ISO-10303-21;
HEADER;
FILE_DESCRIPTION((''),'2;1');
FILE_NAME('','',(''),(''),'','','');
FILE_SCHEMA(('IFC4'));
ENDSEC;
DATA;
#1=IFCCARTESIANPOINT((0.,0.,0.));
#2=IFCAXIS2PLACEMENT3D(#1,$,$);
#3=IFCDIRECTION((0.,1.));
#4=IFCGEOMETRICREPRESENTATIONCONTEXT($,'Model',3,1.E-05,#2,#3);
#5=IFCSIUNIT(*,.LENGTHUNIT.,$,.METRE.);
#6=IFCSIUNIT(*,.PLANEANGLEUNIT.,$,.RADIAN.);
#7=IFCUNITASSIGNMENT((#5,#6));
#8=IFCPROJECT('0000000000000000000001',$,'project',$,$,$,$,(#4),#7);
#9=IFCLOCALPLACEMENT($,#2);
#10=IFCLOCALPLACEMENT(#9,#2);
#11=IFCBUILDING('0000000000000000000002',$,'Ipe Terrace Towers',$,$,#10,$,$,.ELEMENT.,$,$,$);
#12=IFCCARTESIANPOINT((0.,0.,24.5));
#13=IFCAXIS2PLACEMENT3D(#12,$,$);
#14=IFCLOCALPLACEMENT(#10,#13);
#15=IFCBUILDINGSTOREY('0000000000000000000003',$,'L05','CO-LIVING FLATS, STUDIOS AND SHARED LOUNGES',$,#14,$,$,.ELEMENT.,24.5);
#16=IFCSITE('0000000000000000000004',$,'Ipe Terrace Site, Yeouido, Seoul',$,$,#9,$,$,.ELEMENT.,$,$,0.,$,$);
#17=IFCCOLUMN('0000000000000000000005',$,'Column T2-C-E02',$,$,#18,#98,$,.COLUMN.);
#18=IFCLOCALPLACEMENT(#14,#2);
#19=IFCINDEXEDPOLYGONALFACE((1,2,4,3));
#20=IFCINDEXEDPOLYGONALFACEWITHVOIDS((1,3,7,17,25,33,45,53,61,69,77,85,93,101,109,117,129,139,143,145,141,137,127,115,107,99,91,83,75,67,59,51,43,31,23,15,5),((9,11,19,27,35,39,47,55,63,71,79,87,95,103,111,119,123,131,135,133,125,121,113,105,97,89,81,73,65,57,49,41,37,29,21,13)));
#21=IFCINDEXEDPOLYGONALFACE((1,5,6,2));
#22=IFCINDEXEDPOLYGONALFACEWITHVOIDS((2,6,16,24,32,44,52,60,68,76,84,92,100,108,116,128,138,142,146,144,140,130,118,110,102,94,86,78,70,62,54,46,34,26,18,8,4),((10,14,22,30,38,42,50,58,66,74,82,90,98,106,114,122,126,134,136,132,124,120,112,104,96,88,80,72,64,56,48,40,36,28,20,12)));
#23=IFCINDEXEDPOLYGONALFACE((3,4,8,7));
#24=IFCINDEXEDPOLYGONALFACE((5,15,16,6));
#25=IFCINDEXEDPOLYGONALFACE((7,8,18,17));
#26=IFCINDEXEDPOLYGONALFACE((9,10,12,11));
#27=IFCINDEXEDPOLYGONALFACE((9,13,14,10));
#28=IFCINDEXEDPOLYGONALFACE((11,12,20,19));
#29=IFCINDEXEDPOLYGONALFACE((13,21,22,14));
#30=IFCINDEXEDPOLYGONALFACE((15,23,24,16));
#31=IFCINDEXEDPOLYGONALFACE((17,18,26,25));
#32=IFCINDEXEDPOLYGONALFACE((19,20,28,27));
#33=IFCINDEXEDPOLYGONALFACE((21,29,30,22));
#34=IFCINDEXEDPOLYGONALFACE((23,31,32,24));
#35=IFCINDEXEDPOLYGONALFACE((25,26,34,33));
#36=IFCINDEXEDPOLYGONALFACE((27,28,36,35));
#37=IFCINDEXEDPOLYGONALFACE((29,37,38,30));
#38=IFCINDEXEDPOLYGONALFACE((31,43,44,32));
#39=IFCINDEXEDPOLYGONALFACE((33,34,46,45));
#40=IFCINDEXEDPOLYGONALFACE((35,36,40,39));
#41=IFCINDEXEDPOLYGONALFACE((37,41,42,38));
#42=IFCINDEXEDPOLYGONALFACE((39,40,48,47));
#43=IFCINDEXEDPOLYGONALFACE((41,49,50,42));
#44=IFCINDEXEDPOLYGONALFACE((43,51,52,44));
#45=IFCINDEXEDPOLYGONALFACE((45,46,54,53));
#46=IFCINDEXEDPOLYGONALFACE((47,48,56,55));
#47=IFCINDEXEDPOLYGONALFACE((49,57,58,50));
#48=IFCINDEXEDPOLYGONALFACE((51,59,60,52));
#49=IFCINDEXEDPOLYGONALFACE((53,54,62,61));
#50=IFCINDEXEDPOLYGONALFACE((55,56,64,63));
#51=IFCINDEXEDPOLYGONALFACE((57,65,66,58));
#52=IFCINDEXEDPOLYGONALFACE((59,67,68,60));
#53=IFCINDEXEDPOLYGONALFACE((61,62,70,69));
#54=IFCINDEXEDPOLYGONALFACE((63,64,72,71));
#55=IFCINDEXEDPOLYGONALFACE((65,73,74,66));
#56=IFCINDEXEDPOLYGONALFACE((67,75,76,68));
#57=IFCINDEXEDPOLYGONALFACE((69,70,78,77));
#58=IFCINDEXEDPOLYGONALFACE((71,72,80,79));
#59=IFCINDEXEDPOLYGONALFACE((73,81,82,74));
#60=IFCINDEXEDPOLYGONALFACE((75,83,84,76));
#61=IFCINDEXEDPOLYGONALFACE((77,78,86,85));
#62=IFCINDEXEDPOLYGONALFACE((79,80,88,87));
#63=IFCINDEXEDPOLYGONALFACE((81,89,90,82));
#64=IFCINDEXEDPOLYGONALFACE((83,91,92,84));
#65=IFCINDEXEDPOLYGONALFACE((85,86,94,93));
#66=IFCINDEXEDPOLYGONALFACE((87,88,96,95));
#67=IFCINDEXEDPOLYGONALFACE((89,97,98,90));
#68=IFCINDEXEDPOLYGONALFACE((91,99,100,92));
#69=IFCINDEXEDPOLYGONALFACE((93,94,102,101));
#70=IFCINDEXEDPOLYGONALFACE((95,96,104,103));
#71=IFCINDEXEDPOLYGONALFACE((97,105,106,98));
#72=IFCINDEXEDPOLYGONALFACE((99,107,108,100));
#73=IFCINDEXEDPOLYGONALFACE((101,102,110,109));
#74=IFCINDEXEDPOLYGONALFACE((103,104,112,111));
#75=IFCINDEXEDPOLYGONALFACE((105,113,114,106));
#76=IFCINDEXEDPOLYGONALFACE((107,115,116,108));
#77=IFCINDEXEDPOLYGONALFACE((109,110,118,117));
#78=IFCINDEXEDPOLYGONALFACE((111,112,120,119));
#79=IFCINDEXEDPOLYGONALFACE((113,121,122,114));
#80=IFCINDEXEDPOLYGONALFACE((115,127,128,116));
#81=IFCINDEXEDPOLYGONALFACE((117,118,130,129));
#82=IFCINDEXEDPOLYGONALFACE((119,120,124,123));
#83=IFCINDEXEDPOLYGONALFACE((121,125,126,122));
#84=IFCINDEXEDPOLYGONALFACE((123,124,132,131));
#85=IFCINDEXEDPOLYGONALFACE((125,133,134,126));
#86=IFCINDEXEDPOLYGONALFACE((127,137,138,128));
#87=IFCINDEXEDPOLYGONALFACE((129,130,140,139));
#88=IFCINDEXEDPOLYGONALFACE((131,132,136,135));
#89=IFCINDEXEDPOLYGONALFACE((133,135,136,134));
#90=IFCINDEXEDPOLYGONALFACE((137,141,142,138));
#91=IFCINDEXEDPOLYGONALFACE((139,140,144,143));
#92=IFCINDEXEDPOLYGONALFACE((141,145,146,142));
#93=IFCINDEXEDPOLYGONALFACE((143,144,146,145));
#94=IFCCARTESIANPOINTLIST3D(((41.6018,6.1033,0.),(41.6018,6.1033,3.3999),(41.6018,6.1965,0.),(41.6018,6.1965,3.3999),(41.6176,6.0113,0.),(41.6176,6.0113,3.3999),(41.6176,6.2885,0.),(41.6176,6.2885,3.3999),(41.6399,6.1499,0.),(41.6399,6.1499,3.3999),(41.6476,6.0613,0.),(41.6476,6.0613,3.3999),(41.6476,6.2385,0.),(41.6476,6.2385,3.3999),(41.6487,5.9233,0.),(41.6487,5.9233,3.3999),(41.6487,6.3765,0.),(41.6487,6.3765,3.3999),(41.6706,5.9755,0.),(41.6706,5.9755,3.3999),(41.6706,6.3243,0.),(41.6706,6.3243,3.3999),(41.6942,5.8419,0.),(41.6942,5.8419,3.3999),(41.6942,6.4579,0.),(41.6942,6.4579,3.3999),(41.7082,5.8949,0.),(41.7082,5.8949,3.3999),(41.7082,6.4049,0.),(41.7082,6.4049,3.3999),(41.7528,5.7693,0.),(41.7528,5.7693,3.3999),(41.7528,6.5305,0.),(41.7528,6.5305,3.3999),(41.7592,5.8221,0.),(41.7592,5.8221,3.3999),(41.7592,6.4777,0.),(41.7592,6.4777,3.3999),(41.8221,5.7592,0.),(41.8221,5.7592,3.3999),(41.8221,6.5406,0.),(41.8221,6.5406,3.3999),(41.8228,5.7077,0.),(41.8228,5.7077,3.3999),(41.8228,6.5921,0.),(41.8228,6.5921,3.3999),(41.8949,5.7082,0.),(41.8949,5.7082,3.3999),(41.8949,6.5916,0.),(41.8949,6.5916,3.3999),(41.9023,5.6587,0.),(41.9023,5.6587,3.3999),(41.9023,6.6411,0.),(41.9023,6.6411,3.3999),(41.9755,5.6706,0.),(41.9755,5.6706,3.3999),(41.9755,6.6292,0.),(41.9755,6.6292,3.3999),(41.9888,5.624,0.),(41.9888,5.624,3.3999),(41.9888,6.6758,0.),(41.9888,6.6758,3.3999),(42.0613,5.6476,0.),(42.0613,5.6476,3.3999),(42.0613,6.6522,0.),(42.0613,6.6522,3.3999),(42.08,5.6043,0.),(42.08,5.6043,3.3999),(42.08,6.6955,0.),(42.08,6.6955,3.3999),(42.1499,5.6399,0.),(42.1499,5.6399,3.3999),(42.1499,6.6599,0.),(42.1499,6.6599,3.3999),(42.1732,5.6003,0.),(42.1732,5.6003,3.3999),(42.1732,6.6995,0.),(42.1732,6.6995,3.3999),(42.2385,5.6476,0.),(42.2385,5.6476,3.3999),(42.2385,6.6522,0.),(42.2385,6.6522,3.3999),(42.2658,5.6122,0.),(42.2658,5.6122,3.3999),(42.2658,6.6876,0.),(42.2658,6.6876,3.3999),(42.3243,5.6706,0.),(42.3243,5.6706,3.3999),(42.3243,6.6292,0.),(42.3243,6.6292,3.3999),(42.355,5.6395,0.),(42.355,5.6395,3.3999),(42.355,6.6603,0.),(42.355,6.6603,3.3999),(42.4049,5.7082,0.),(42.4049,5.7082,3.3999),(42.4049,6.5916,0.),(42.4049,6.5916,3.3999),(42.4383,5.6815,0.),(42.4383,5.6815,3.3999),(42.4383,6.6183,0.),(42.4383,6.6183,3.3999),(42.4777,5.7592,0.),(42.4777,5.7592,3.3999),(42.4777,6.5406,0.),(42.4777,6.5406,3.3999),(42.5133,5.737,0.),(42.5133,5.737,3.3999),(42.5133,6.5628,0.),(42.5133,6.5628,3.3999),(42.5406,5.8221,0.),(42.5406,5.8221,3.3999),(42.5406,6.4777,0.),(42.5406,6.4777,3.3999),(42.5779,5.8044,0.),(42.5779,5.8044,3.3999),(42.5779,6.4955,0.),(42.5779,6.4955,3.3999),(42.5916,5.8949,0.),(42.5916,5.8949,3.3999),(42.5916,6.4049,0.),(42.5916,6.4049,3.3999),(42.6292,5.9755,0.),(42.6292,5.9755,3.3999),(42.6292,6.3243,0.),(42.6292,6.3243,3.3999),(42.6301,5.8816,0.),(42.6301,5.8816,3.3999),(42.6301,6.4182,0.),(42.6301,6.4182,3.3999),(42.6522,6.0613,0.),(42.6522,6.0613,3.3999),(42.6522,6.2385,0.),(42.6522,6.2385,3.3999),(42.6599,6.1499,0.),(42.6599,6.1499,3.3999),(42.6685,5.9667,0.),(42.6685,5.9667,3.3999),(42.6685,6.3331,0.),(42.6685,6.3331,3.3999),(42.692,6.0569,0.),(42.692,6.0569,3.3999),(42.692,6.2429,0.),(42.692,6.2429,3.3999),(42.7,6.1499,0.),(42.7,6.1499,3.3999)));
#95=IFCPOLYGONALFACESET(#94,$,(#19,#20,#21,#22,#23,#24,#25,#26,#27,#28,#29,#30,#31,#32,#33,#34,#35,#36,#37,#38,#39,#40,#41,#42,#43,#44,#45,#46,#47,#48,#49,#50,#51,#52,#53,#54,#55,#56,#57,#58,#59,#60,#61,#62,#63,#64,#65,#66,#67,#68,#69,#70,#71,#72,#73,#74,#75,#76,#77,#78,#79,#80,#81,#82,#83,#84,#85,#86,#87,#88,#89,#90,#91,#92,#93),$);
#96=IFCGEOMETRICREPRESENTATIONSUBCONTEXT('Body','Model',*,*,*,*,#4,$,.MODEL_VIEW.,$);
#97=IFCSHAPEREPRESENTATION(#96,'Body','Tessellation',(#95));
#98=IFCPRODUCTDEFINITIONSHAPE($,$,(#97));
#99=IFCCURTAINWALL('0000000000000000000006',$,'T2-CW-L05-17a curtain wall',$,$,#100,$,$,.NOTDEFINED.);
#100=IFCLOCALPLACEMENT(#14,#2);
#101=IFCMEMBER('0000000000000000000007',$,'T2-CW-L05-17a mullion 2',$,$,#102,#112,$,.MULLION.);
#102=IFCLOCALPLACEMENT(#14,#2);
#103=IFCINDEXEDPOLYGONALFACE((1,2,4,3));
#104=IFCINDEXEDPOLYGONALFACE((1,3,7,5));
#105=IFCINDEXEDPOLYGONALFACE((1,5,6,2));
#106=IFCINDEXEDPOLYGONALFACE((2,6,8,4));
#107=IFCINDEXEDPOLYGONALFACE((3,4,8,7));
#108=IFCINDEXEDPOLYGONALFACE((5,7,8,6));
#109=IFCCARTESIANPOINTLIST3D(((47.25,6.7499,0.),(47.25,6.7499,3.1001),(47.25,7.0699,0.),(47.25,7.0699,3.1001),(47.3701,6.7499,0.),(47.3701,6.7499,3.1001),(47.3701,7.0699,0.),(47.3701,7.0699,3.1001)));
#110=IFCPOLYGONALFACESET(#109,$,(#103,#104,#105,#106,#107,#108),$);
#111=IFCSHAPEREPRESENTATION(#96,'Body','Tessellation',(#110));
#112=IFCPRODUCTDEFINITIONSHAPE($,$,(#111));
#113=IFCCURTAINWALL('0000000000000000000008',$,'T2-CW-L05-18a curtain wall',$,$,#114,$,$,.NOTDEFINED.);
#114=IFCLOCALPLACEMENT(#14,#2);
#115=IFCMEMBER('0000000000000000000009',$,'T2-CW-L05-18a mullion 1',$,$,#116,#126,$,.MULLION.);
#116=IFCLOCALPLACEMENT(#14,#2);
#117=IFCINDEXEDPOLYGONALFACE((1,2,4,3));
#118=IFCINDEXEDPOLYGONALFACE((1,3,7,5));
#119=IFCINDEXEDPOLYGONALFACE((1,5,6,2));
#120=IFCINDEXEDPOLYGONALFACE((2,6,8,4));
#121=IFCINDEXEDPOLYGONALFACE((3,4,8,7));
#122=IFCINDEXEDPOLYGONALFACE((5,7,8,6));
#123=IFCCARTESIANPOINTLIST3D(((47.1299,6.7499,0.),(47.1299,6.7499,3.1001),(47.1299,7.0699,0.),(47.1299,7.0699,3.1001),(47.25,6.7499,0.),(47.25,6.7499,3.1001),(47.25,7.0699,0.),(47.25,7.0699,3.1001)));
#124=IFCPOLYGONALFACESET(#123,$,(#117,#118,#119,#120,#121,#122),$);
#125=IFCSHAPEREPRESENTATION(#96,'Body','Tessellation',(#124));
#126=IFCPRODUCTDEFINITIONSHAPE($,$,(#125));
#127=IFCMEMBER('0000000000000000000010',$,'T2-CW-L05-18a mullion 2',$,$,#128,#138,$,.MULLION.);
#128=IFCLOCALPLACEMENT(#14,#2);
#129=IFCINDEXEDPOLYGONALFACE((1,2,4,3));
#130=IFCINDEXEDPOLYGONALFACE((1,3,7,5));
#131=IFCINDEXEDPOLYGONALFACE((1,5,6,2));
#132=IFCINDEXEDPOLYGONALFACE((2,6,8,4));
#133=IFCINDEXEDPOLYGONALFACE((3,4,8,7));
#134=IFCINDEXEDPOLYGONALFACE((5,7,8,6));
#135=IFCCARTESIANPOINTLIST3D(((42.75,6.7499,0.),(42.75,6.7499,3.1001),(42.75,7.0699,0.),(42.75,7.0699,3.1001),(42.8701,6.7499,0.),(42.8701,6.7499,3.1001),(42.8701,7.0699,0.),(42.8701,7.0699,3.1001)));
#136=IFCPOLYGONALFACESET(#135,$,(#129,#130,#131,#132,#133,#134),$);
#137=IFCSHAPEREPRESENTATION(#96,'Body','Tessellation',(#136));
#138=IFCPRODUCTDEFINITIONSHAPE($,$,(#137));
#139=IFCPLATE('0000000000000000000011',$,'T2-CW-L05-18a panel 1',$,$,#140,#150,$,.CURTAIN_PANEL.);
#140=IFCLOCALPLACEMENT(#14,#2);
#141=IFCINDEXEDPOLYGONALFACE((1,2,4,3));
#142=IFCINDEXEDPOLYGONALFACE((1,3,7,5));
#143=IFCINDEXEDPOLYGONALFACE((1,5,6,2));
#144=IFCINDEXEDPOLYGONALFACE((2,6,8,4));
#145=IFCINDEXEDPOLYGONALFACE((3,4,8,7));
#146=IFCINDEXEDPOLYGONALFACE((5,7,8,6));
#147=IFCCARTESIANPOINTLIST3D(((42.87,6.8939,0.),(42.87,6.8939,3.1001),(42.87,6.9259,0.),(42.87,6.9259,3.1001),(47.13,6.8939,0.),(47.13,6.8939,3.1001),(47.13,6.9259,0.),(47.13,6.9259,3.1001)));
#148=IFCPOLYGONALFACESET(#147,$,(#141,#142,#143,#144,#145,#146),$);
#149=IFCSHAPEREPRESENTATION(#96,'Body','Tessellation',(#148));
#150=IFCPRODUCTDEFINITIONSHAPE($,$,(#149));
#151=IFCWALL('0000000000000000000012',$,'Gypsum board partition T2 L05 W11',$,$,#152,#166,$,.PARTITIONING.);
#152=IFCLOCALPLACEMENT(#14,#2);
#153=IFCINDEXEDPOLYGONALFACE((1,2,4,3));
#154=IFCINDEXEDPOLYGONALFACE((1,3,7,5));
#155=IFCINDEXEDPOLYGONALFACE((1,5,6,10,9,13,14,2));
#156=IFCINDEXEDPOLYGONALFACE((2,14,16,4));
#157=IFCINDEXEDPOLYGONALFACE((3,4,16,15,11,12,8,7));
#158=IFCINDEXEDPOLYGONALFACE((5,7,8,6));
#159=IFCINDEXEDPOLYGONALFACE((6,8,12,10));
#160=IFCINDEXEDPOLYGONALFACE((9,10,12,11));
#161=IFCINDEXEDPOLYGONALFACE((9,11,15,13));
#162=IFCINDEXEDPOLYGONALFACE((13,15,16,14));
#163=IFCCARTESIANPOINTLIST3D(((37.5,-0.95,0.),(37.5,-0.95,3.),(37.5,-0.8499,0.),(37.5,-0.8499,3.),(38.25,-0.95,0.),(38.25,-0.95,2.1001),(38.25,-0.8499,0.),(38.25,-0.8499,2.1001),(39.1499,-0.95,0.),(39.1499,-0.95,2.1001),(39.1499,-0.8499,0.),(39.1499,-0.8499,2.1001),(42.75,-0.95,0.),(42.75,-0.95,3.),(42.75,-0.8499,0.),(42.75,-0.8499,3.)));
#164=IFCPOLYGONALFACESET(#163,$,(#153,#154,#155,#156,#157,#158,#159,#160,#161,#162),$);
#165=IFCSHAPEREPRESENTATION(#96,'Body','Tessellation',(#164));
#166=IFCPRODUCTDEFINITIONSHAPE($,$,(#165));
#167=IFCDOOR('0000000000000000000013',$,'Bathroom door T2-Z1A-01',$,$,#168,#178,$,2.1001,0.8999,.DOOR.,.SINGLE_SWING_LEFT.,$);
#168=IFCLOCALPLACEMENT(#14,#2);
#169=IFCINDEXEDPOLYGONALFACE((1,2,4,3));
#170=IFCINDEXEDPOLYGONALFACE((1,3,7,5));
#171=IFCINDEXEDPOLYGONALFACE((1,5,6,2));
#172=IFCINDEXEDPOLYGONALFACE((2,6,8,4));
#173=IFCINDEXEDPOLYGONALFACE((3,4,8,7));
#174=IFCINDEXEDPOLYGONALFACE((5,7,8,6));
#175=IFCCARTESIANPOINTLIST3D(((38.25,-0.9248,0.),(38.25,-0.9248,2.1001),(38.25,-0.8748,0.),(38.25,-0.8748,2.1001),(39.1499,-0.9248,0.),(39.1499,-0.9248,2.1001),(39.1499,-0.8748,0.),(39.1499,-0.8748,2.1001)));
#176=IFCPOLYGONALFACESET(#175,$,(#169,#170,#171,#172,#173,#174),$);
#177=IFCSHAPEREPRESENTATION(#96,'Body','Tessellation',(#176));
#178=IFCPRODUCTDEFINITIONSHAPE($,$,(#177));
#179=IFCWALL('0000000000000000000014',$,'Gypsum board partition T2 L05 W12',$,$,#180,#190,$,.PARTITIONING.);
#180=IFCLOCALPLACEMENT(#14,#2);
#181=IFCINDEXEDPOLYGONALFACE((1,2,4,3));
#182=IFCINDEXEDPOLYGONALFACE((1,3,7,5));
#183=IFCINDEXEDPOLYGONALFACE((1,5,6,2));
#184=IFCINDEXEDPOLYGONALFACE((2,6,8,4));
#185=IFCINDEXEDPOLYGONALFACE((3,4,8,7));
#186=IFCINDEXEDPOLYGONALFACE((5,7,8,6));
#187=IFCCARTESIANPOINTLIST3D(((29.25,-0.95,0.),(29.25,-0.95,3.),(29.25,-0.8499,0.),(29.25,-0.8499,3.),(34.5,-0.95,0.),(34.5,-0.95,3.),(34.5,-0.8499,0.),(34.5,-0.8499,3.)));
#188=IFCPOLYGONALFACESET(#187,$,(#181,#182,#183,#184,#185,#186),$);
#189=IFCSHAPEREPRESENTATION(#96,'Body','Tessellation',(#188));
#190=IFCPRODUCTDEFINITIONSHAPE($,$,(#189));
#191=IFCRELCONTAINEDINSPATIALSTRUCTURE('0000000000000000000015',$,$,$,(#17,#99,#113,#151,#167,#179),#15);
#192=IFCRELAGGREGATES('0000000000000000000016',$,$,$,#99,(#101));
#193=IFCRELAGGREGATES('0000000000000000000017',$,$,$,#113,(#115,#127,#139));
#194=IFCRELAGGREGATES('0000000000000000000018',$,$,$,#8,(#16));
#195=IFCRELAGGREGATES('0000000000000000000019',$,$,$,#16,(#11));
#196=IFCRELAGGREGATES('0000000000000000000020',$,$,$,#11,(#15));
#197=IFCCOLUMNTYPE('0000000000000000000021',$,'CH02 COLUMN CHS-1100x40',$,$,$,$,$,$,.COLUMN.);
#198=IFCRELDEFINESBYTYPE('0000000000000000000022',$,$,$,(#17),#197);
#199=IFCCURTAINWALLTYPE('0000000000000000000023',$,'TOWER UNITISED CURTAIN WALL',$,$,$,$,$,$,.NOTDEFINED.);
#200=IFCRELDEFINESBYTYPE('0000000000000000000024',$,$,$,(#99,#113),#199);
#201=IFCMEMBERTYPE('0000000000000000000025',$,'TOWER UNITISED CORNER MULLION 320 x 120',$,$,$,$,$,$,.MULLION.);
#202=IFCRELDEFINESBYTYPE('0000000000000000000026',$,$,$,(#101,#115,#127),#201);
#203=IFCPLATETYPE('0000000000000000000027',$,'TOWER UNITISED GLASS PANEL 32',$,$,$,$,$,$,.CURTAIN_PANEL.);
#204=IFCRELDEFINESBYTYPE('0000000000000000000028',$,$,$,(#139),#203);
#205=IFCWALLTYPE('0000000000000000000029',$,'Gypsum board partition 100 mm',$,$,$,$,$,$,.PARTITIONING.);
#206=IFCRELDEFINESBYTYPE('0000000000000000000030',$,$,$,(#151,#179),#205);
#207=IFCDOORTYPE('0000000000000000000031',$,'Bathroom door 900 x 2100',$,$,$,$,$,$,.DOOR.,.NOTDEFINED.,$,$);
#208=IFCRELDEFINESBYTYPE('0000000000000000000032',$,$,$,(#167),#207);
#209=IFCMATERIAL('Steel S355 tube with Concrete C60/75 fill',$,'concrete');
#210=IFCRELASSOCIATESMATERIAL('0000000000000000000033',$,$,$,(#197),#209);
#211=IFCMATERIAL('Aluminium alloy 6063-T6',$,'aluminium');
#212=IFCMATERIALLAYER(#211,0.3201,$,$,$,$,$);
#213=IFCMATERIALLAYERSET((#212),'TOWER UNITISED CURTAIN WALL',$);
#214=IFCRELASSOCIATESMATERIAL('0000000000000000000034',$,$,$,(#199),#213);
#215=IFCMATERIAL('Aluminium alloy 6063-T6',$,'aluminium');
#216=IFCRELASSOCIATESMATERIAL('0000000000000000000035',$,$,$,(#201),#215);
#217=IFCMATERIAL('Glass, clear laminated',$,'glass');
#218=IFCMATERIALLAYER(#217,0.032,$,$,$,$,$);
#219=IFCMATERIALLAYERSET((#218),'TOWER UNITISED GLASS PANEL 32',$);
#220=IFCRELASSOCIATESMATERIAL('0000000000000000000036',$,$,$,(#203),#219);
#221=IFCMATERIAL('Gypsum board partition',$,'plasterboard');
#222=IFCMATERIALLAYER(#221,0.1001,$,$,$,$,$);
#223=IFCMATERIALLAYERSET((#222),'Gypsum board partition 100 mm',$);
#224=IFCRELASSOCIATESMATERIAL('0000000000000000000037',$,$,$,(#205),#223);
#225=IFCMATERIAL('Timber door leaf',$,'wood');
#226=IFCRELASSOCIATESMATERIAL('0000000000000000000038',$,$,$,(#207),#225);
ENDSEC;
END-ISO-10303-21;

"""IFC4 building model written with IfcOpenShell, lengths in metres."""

from ifc_helpers import new_model, si_unit, direction, frame, frame_2d, origin, origin_2d, place, context, subcontext, project, spatial, rectangle, hollow_circle, extrude, material, layer, layer_set, material_profile, profile_set, type_object, element, fill, aggregate, save


model = new_model("IFC4")

# Units and contexts
model_context = context("Model", 3, precision=1e-05, world=origin(), true_north=direction((0.0, 1.0)))
body_context = subcontext(model_context, "Body", "Model", "MODEL_VIEW")
ifc_project = project(units=[si_unit("LENGTHUNIT", "METRE"), si_unit("PLANEANGLEUNIT", "RADIAN")], contexts=[model_context])

# Site, building, storey
site_placement = place(None, origin())
site = spatial("IfcSite", under=ifc_project, at=site_placement, Name="Ipe Terrace Site, Yeouido, Seoul", CompositionType="ELEMENT", RefElevation=0.0)
building_placement = place(site_placement, origin())
building = spatial("IfcBuilding", under=site, at=building_placement, Name="Ipe Terrace Towers", CompositionType="ELEMENT")
storey_placement = place(building_placement, frame((0.0, 0.0, 24.5)))
storey = spatial("IfcBuildingStorey", under=building, at=storey_placement, Name="L05", Description="CO-LIVING FLATS, STUDIOS AND SHARED LOUNGES", CompositionType="ELEMENT", Elevation=24.5)

# Column
ifc_material_1 = material(Name="Steel S355 tube with Concrete C60/75 fill", Category="concrete")
ifc_material_profile_1 = material_profile(ifc_material_1, hollow_circle(Radius=0.55, WallThickness=0.04, at=origin_2d()), Name="CHS-1100x40")
ifc_profile_set_1 = profile_set([ifc_material_profile_1], Name="Steel S355 tube with Concrete C60/75 fill")
column_type = type_object("IfcColumnType", Name="CH02 COLUMN CHS-1100x40", PredefinedType="COLUMN", material=ifc_profile_set_1)
column_placement = place(storey_placement, frame((42.1499, 6.1499, 0.0), z_axis=(0.0, 0.0, 1.0), x_axis=(1.0, 0.0, 0.0)))
element("IfcColumn", 1, at=column_placement, inside=storey, type_object=column_type, Name="Column T2-C-E02", PredefinedType="COLUMN", context=body_context, shape_type="SweptSolid", body=[
    extrude(hollow_circle(Radius=0.55, WallThickness=0.04, at=origin_2d()), origin(), (0.0, 0.0, 1.0), 3.3999),
])

# Curtain wall, member
ifc_material_2 = material(Name="Aluminium alloy 6063-T6", Category="aluminium")
ifc_layer_1 = layer(ifc_material_2, 0.3201)
ifc_layer_set_1 = layer_set([ifc_layer_1], Name="TOWER UNITISED CURTAIN WALL")
curtain_wall_type = type_object("IfcCurtainWallType", Name="TOWER UNITISED CURTAIN WALL", PredefinedType="NOTDEFINED", material=ifc_layer_set_1)
curtain_wall_1_placement = place(storey_placement, origin())
curtain_wall_1 = element("IfcCurtainWall", 2, at=curtain_wall_1_placement, inside=storey, type_object=curtain_wall_type, Name="T2-CW-L05-17a curtain wall", PredefinedType="NOTDEFINED")
ifc_material_3 = material(Name="Aluminium alloy 6063-T6", Category="aluminium")
ifc_material_profile_2 = material_profile(ifc_material_3, rectangle(XDim=0.3201, YDim=0.1201, at=origin_2d()), Name="TOWER UNITISED CORNER MULLION 320 x 120")
ifc_profile_set_2 = profile_set([ifc_material_profile_2], Name="Aluminium alloy 6063-T6")
member_type = type_object("IfcMemberType", Name="TOWER UNITISED CORNER MULLION 320 x 120", PredefinedType="MULLION", material=ifc_profile_set_2)
member_1_placement = place(storey_placement, frame((47.3101, 6.9099, 0.0), z_axis=(0.0, 0.0, 1.0), x_axis=(0.0, 1.0, 0.0)))
member_1 = element("IfcMember", 3, at=member_1_placement, type_object=member_type, Name="T2-CW-L05-17a mullion 2", PredefinedType="MULLION", context=body_context, shape_type="SweptSolid", body=[
    extrude(rectangle(XDim=0.3201, YDim=0.1201, at=origin_2d()), origin(), (0.0, 0.0, 1.0), 3.1001),
])
aggregate(curtain_wall_1, [member_1])

# Curtain wall, members, plate
curtain_wall_2_placement = place(storey_placement, origin())
curtain_wall_2 = element("IfcCurtainWall", 4, at=curtain_wall_2_placement, inside=storey, type_object=curtain_wall_type, Name="T2-CW-L05-18a curtain wall", PredefinedType="NOTDEFINED")
member_2_placement = place(storey_placement, frame((47.1899, 6.9099, 0.0), z_axis=(0.0, 0.0, 1.0), x_axis=(0.0, 1.0, 0.0)))
member_2 = element("IfcMember", 5, at=member_2_placement, type_object=member_type, Name="T2-CW-L05-18a mullion 1", PredefinedType="MULLION", context=body_context, shape_type="SweptSolid", body=[
    extrude(rectangle(XDim=0.3201, YDim=0.1201, at=origin_2d()), origin(), (0.0, 0.0, 1.0), 3.1001),
])
member_3_placement = place(storey_placement, frame((42.8101, 6.9099, 0.0), z_axis=(0.0, 0.0, 1.0), x_axis=(0.0, 1.0, 0.0)))
member_3 = element("IfcMember", 6, at=member_3_placement, type_object=member_type, Name="T2-CW-L05-18a mullion 2", PredefinedType="MULLION", context=body_context, shape_type="SweptSolid", body=[
    extrude(rectangle(XDim=0.3201, YDim=0.1201, at=origin_2d()), origin(), (0.0, 0.0, 1.0), 3.1001),
])
ifc_material_4 = material(Name="Glass, clear laminated", Category="glass")
ifc_layer_2 = layer(ifc_material_4, 0.032)
ifc_layer_set_2 = layer_set([ifc_layer_2], Name="TOWER UNITISED GLASS PANEL 32")
plate_type = type_object("IfcPlateType", Name="TOWER UNITISED GLASS PANEL 32", PredefinedType="CURTAIN_PANEL", material=ifc_layer_set_2)
plate_placement = place(storey_placement, frame((45.0, 6.9099, 0.0), z_axis=(0.0, 0.0, 1.0), x_axis=(-1.0, 0.0, 0.0)))
plate = element("IfcPlate", 7, at=plate_placement, type_object=plate_type, Name="T2-CW-L05-18a panel 1", PredefinedType="CURTAIN_PANEL", context=body_context, shape_type="SweptSolid", body=[
    extrude(rectangle(XDim=4.26, YDim=0.032, at=origin_2d()), origin(), (0.0, 0.0, 1.0), 3.1001),
])
aggregate(curtain_wall_2, [member_2, member_3, plate])

# Wall, opening, door
ifc_material_5 = material(Name="Gypsum board partition", Category="plasterboard")
ifc_layer_3 = layer(ifc_material_5, 0.1001)
ifc_layer_set_3 = layer_set([ifc_layer_3], Name="Gypsum board partition 100 mm")
wall_type_1 = type_object("IfcWallType", Name="Gypsum board partition 100 mm", PredefinedType="PARTITIONING", material=ifc_layer_set_3)
wall_1_placement = place(storey_placement, frame((42.75, -0.8999, 0.0), z_axis=(0.0, 0.0, 1.0), x_axis=(-1.0, 0.0, 0.0)))
wall_1 = element("IfcWall", 8, at=wall_1_placement, inside=storey, type_object=wall_type_1, Name="Gypsum board partition T2 L05 W11", PredefinedType="PARTITIONING", context=body_context, shape_type="SweptSolid", body=[
    extrude(rectangle(XDim=5.25, YDim=0.1001, at=frame_2d((2.625, 0.0))), origin(), (0.0, 0.0, 1.0), 3.0),
])
opening_1_placement = place(wall_1_placement, frame((3.6001, 0.0, 0.0)))
opening_1 = element("IfcOpeningElement", 9, at=opening_1_placement, cuts=wall_1, PredefinedType="OPENING", context=body_context, shape_type="SweptSolid", body=[
    extrude(rectangle(XDim=0.8999, YDim=2.1001, at=frame_2d((0.45, 1.05))), frame((0.0, 0.0601, 0.0), z_axis=(0.0, -1.0, 0.0), x_axis=(1.0, 0.0, 0.0)), (0.0, 0.0, 1.0), 0.1201),
])
ifc_material_6 = material(Name="Timber door leaf", Category="wood")
door_type_1 = type_object("IfcDoorType", Name="Bathroom door 900 x 2100", OperationType="NOTDEFINED", PredefinedType="DOOR", material=ifc_material_6)
door_1_placement = place(opening_1_placement, origin())
door_1 = element("IfcDoor", 10, at=door_1_placement, inside=storey, type_object=door_type_1, Name="Bathroom door T2-Z1A-01", OperationType="SINGLE_SWING_LEFT", OverallHeight=2.1001, OverallWidth=0.8999, PredefinedType="DOOR", context=body_context, shape_type="SweptSolid", body=[
    extrude(rectangle(XDim=0.8999, YDim=2.1001, at=frame_2d((0.45, 1.05))), frame((0.0, 0.0249, 0.0), z_axis=(0.0, -1.0, 0.0), x_axis=(1.0, 0.0, 0.0)), (0.0, 0.0, 1.0), 0.05),
])
fill(opening_1, door_1)

# Wall
wall_2_placement = place(storey_placement, frame((34.5, -0.8999, 0.0), z_axis=(0.0, 0.0, 1.0), x_axis=(-1.0, 0.0, 0.0)))
element("IfcWall", 11, at=wall_2_placement, inside=storey, type_object=wall_type_1, Name="Gypsum board partition T2 L05 W12", PredefinedType="PARTITIONING", context=body_context, shape_type="SweptSolid", body=[
    extrude(rectangle(XDim=5.25, YDim=0.1001, at=frame_2d((2.625, 0.0))), origin(), (0.0, 0.0, 1.0), 3.0),
])

save(model, "model.ifc")
